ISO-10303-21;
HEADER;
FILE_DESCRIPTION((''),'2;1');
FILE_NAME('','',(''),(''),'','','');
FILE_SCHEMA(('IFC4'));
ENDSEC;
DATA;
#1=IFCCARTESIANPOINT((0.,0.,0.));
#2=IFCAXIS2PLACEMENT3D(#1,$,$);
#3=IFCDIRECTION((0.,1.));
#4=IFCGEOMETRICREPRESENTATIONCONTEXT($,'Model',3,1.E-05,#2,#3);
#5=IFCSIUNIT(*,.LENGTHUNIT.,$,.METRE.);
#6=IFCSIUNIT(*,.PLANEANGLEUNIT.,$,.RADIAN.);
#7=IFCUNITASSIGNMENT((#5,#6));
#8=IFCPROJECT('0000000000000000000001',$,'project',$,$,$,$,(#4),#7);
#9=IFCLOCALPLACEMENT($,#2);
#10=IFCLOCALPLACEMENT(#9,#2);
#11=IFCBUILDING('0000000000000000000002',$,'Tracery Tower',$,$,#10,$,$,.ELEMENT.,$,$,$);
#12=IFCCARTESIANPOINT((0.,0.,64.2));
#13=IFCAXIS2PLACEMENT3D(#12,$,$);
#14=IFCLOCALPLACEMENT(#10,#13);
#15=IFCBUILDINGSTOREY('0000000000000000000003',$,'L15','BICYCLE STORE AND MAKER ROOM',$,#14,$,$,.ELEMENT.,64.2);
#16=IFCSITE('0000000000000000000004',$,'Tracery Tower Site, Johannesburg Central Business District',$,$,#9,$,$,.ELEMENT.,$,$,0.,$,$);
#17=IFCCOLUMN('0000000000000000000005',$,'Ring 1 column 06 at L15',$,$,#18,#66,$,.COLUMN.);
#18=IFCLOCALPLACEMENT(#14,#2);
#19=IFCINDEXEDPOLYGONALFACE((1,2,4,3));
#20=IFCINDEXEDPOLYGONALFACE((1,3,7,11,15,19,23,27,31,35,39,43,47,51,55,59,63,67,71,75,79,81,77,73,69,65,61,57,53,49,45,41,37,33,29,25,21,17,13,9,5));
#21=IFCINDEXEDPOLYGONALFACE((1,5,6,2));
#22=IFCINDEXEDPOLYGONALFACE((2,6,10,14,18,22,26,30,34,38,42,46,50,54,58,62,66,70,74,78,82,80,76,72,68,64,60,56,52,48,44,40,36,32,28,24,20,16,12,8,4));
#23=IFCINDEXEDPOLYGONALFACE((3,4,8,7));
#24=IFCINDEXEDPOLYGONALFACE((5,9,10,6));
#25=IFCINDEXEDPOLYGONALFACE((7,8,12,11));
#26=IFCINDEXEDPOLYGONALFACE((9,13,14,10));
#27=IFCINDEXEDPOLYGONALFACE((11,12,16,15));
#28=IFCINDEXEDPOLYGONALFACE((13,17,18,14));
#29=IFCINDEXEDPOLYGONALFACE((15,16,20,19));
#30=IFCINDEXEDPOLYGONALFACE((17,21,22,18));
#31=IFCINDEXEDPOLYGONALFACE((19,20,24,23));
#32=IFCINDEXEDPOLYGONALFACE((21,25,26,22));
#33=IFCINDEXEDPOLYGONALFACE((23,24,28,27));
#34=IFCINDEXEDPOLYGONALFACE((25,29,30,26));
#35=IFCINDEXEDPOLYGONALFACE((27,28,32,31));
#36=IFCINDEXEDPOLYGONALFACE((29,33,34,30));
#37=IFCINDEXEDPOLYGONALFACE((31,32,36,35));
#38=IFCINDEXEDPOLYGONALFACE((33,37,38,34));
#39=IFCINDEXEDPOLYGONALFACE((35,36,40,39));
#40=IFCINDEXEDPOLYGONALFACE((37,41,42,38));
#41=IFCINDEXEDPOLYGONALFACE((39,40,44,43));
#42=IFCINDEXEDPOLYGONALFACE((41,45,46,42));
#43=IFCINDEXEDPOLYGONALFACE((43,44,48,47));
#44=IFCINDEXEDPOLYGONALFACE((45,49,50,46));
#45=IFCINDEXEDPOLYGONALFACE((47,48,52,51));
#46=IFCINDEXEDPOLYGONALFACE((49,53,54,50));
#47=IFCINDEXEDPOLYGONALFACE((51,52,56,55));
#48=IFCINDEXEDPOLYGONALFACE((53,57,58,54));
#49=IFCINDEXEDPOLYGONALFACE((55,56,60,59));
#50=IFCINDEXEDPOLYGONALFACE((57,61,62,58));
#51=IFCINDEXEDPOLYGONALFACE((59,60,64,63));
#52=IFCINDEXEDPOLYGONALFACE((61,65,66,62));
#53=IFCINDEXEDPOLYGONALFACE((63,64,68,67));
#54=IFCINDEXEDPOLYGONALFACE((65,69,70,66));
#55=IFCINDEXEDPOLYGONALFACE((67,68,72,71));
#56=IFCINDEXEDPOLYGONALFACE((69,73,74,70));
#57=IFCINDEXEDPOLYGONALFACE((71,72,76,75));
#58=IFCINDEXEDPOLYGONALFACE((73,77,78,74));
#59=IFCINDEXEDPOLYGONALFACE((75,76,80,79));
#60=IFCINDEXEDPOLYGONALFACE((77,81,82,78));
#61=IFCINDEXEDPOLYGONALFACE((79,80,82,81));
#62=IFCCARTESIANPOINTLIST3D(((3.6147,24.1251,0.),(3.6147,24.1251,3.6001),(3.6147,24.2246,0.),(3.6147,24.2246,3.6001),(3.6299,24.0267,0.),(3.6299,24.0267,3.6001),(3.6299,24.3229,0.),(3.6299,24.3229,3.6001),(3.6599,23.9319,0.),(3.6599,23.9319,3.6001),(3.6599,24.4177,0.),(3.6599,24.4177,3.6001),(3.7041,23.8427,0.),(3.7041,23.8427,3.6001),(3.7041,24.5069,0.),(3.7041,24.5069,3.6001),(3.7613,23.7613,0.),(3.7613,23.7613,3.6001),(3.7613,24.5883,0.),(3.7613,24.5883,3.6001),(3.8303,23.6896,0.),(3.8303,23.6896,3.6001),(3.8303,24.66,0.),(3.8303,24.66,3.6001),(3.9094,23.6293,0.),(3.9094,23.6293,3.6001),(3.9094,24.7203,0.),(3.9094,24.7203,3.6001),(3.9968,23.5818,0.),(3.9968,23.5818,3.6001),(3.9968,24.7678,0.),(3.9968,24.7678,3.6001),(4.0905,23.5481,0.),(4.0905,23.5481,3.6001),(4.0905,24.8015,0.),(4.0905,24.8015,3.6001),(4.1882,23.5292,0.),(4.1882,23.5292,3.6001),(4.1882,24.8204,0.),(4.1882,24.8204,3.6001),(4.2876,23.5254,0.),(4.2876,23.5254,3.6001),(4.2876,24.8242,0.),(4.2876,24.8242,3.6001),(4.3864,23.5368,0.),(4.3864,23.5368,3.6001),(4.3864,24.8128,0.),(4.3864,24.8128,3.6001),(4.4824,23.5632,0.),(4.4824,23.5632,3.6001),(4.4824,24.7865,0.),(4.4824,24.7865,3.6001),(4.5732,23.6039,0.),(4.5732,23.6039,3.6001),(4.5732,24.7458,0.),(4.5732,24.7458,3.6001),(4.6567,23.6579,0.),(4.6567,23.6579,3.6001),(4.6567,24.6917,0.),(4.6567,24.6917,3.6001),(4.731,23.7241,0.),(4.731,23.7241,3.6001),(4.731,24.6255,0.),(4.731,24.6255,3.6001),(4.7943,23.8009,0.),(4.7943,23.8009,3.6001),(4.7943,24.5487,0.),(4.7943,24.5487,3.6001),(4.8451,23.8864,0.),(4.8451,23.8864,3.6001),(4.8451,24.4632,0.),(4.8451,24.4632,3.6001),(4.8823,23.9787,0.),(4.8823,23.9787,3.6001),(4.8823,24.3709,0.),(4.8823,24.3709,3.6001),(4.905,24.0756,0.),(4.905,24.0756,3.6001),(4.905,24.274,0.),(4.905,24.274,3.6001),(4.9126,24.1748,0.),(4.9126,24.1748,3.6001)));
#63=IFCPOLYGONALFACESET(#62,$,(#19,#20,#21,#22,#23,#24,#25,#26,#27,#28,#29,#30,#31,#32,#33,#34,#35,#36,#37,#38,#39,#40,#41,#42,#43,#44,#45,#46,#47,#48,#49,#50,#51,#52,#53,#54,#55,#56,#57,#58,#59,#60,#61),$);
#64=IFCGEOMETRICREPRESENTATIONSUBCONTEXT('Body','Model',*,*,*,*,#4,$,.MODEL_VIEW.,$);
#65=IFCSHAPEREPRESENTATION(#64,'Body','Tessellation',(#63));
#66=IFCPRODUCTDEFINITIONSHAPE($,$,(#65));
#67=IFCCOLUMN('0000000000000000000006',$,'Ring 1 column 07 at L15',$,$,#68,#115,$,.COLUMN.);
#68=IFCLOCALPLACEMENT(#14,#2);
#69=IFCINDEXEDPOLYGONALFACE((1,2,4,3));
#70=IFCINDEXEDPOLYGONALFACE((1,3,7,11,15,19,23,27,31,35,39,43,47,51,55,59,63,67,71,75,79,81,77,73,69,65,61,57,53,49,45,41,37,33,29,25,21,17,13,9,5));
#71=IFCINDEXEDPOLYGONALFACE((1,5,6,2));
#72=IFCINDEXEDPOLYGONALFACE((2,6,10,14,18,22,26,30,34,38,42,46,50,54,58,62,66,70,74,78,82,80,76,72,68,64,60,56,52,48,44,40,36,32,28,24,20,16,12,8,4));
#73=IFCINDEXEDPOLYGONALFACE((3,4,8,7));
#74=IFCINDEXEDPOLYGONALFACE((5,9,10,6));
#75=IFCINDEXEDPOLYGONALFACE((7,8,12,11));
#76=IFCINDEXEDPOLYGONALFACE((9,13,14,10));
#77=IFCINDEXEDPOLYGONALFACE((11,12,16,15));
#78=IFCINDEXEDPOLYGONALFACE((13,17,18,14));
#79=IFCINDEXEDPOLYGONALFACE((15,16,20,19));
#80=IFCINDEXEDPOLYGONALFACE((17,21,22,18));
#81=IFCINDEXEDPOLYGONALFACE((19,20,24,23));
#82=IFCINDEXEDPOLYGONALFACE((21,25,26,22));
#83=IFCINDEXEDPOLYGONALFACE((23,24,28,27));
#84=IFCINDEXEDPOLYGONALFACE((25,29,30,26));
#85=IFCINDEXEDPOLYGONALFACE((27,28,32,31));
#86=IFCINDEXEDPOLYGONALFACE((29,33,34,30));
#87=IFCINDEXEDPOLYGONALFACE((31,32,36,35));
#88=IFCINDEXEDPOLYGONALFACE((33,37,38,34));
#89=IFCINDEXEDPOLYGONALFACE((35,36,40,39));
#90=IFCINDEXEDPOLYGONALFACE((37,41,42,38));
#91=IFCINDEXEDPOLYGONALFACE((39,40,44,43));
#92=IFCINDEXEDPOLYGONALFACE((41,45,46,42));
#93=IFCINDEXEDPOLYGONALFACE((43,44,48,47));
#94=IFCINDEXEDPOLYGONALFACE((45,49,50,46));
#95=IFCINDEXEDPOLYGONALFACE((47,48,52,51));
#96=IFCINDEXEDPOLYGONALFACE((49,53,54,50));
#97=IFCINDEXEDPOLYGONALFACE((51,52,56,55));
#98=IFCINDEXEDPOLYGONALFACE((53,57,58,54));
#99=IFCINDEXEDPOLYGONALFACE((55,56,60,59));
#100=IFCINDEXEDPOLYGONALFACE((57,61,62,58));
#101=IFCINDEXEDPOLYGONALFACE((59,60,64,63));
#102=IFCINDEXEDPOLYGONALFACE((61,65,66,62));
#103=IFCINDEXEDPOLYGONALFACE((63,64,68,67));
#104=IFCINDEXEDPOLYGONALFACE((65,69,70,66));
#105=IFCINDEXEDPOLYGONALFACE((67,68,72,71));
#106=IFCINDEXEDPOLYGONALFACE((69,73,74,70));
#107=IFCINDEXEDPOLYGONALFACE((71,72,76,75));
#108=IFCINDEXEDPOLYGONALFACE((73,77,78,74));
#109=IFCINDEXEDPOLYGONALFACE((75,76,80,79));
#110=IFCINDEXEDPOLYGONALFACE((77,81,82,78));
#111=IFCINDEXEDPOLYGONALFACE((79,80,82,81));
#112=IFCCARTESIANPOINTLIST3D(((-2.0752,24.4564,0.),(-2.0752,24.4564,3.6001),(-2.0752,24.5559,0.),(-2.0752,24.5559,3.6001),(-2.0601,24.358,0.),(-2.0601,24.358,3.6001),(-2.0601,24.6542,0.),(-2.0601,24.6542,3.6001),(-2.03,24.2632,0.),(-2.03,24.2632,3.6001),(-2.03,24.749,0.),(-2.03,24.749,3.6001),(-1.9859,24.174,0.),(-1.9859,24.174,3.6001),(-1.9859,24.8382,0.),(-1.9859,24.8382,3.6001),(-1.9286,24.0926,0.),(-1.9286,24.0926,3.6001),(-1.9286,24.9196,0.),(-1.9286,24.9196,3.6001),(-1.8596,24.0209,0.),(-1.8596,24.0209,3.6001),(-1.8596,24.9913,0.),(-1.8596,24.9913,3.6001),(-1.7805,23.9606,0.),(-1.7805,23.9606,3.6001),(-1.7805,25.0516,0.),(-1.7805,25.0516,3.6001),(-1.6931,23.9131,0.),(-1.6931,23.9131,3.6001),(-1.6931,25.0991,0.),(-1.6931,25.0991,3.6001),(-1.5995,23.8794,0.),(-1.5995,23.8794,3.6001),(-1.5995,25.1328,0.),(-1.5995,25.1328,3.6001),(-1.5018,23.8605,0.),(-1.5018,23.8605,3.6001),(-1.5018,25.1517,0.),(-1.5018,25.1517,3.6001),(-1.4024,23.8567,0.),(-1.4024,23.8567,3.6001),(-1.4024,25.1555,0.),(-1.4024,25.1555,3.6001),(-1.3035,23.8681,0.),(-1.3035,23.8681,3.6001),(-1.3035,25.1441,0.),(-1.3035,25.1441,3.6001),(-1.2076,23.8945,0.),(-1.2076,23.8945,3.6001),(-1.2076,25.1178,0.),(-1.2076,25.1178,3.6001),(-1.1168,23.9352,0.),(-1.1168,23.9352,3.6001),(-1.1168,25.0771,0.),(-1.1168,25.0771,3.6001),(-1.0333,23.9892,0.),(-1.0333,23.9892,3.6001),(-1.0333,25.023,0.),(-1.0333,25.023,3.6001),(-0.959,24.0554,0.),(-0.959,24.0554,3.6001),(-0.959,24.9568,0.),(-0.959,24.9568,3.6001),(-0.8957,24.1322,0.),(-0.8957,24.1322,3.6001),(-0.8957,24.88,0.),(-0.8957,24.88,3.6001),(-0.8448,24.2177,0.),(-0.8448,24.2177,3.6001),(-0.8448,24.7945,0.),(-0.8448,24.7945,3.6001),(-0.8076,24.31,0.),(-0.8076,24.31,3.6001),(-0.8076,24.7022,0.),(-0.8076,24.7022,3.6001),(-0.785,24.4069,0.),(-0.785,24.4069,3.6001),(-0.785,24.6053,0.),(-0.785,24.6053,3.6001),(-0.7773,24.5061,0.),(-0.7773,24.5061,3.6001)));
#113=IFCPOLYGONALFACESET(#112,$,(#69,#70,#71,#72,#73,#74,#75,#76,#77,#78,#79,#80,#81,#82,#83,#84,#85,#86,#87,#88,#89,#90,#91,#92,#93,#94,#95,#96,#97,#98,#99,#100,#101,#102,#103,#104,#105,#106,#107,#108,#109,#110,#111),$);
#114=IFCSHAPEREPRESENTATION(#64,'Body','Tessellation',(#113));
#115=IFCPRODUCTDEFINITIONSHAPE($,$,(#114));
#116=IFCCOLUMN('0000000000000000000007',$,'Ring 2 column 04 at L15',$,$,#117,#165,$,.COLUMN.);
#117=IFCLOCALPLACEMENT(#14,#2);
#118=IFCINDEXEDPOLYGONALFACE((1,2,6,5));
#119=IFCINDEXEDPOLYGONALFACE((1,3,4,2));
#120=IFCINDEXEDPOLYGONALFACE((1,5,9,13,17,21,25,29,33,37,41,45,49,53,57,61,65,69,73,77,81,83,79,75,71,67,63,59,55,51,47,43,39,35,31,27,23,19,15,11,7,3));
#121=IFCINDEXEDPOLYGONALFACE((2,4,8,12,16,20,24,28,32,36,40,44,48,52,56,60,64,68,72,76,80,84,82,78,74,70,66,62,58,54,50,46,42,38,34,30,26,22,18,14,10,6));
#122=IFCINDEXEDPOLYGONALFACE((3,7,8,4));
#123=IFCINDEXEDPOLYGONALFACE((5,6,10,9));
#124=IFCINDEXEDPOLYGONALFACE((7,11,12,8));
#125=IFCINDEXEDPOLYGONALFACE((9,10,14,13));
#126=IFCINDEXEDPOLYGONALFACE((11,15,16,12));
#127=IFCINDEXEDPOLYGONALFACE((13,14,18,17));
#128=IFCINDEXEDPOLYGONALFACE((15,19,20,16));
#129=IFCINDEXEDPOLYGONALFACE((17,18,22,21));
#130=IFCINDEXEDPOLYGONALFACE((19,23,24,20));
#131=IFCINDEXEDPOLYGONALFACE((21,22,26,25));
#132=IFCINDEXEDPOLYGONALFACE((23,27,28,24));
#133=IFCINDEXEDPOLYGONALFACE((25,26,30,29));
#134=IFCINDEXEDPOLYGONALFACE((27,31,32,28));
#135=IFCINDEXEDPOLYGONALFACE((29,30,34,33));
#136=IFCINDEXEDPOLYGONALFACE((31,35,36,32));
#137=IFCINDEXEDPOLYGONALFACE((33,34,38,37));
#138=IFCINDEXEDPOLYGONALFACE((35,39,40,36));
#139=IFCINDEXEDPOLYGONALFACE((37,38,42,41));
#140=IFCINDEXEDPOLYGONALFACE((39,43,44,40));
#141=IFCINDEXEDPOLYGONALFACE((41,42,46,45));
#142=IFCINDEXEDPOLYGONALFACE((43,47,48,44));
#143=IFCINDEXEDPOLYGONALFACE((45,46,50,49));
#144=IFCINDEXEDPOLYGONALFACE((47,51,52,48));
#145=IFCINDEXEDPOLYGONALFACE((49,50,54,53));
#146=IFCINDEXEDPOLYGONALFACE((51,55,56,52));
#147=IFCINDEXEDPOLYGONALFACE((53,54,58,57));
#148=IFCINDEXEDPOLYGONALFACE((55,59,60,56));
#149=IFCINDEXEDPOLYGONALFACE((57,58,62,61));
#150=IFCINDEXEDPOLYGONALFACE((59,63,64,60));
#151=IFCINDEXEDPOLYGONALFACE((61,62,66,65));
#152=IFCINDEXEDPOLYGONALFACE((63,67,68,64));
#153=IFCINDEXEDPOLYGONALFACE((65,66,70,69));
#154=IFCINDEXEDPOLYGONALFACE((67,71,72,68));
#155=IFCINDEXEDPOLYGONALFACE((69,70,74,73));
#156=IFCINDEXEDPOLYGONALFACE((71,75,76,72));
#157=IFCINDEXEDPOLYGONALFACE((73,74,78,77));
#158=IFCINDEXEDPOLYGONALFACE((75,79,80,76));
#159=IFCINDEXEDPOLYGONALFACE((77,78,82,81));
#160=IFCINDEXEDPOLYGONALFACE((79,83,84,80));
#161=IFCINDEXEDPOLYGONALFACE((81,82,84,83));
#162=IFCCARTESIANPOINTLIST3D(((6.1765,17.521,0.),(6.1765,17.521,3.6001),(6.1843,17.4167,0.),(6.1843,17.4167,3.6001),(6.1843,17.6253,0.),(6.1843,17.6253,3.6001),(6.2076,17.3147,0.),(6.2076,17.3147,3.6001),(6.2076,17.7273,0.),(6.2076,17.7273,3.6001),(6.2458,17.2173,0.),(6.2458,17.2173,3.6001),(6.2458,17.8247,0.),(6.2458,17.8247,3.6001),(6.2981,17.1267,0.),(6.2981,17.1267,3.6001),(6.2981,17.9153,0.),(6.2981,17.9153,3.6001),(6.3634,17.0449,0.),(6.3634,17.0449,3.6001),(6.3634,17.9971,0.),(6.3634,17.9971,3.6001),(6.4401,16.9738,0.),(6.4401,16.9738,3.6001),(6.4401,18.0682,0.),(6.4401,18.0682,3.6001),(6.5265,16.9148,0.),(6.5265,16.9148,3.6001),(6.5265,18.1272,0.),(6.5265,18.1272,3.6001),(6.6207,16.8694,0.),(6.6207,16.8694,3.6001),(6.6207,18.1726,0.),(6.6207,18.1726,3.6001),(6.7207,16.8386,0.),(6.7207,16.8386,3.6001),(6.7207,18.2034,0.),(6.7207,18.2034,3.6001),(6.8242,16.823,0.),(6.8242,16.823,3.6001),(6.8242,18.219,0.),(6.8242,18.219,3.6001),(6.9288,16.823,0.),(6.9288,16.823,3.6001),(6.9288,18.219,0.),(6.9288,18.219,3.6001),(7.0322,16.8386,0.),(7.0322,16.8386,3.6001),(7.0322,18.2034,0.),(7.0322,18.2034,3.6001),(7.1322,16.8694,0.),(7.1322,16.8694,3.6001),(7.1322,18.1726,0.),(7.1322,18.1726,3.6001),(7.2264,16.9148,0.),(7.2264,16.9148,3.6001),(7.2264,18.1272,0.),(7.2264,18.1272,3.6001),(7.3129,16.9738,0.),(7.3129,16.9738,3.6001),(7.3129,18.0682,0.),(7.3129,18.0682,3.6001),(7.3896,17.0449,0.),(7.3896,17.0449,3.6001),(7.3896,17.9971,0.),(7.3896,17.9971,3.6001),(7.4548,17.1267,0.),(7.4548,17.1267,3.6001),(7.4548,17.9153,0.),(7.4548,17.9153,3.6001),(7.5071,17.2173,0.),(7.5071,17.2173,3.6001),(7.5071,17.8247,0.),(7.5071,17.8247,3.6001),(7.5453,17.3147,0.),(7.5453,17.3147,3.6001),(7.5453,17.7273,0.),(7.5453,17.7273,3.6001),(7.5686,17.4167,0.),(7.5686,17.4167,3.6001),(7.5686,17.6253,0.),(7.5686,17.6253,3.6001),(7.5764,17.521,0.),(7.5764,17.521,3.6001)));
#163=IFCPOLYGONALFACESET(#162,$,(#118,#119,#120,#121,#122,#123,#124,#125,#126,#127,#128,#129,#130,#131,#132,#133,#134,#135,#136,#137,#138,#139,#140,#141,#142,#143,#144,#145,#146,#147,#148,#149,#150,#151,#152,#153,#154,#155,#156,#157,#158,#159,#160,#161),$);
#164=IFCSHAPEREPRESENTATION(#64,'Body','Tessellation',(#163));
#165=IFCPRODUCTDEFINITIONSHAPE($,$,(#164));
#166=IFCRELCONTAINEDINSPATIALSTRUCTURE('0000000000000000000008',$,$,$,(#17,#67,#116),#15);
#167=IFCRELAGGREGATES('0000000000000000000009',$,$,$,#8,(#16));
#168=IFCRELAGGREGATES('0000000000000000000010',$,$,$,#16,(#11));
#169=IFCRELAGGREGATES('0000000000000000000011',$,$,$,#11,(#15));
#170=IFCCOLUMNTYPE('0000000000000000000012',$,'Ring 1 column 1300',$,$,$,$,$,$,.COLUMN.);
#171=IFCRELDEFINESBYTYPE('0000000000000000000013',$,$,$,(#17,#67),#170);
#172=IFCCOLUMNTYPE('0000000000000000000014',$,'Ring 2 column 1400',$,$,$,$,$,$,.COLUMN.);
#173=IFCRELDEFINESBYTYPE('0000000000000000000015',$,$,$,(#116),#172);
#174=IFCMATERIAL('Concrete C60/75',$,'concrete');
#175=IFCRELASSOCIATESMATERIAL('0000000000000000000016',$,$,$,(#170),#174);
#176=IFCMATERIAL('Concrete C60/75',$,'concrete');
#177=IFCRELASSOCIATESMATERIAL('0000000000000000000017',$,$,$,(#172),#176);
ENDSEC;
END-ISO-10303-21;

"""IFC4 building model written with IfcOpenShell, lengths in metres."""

from ifc_helpers import new_model, si_unit, direction, frame, origin, origin_2d, place, context, subcontext, project, spatial, circle, extrude, material, material_profile, profile_set, type_object, element, save


model = new_model("IFC4")

# Units and contexts
model_context = context("Model", 3, precision=1e-05, world=origin(), true_north=direction((0.0, 1.0)))
body_context = subcontext(model_context, "Body", "Model", "MODEL_VIEW")
ifc_project = project(units=[si_unit("LENGTHUNIT", "METRE"), si_unit("PLANEANGLEUNIT", "RADIAN")], contexts=[model_context])

# Site, building, storey
site_placement = place(None, origin())
site = spatial("IfcSite", under=ifc_project, at=site_placement, Name="Tracery Tower Site, Johannesburg Central Business District", CompositionType="ELEMENT", RefElevation=0.0)
building_placement = place(site_placement, origin())
building = spatial("IfcBuilding", under=site, at=building_placement, Name="Tracery Tower", CompositionType="ELEMENT")
storey_placement = place(building_placement, frame((0.0, 0.0, 64.2)))
storey = spatial("IfcBuildingStorey", under=building, at=storey_placement, Name="L15", Description="BICYCLE STORE AND MAKER ROOM", CompositionType="ELEMENT", Elevation=64.2)

# Columns
ifc_material_1 = material(Name="Concrete C60/75", Category="concrete")
ifc_material_profile_1 = material_profile(ifc_material_1, circle(Radius=0.6499, at=origin_2d()), Name="RC D1300")
ifc_profile_set_1 = profile_set([ifc_material_profile_1], Name="Concrete C60/75")
column_type_1 = type_object("IfcColumnType", Name="Ring 1 column 1300", PredefinedType="COLUMN", material=ifc_profile_set_1)
for number, where, z_axis, x_axis, name in (
    (1, (4.2627, 24.1748, 0.0), (0.0, 0.0, 1.0), (1.0, 0.0, 0.0), "Ring 1 column 06 at L15"),
    (2, (-1.4272, 24.5061, 0.0), (0.0, 0.0, 1.0), (1.0, 0.0, 0.0), "Ring 1 column 07 at L15"),
):
    element("IfcColumn", number, at=place(storey_placement, frame(where, z_axis=z_axis, x_axis=x_axis)), inside=storey, type_object=column_type_1, Name=name, PredefinedType="COLUMN", context=body_context, shape_type="SweptSolid", body=[
        extrude(circle(Radius=0.6499, at=origin_2d()), origin(), (0.0, 0.0, 1.0), 3.6001),
    ])
ifc_material_2 = material(Name="Concrete C60/75", Category="concrete")
ifc_material_profile_2 = material_profile(ifc_material_2, circle(Radius=0.7, at=origin_2d()), Name="RC D1400")
ifc_profile_set_2 = profile_set([ifc_material_profile_2], Name="Concrete C60/75")
column_type_2 = type_object("IfcColumnType", Name="Ring 2 column 1400", PredefinedType="COLUMN", material=ifc_profile_set_2)
for number, where, z_axis, x_axis, name in (
    (3, (6.8765, 17.521, 0.0), (0.0, 0.0, 1.0), (1.0, 0.0, 0.0), "Ring 2 column 04 at L15"),
):
    element("IfcColumn", number, at=place(storey_placement, frame(where, z_axis=z_axis, x_axis=x_axis)), inside=storey, type_object=column_type_2, Name=name, PredefinedType="COLUMN", context=body_context, shape_type="SweptSolid", body=[
        extrude(circle(Radius=0.7, at=origin_2d()), origin(), (0.0, 0.0, 1.0), 3.6001),
    ])

save(model, "model.ifc")
